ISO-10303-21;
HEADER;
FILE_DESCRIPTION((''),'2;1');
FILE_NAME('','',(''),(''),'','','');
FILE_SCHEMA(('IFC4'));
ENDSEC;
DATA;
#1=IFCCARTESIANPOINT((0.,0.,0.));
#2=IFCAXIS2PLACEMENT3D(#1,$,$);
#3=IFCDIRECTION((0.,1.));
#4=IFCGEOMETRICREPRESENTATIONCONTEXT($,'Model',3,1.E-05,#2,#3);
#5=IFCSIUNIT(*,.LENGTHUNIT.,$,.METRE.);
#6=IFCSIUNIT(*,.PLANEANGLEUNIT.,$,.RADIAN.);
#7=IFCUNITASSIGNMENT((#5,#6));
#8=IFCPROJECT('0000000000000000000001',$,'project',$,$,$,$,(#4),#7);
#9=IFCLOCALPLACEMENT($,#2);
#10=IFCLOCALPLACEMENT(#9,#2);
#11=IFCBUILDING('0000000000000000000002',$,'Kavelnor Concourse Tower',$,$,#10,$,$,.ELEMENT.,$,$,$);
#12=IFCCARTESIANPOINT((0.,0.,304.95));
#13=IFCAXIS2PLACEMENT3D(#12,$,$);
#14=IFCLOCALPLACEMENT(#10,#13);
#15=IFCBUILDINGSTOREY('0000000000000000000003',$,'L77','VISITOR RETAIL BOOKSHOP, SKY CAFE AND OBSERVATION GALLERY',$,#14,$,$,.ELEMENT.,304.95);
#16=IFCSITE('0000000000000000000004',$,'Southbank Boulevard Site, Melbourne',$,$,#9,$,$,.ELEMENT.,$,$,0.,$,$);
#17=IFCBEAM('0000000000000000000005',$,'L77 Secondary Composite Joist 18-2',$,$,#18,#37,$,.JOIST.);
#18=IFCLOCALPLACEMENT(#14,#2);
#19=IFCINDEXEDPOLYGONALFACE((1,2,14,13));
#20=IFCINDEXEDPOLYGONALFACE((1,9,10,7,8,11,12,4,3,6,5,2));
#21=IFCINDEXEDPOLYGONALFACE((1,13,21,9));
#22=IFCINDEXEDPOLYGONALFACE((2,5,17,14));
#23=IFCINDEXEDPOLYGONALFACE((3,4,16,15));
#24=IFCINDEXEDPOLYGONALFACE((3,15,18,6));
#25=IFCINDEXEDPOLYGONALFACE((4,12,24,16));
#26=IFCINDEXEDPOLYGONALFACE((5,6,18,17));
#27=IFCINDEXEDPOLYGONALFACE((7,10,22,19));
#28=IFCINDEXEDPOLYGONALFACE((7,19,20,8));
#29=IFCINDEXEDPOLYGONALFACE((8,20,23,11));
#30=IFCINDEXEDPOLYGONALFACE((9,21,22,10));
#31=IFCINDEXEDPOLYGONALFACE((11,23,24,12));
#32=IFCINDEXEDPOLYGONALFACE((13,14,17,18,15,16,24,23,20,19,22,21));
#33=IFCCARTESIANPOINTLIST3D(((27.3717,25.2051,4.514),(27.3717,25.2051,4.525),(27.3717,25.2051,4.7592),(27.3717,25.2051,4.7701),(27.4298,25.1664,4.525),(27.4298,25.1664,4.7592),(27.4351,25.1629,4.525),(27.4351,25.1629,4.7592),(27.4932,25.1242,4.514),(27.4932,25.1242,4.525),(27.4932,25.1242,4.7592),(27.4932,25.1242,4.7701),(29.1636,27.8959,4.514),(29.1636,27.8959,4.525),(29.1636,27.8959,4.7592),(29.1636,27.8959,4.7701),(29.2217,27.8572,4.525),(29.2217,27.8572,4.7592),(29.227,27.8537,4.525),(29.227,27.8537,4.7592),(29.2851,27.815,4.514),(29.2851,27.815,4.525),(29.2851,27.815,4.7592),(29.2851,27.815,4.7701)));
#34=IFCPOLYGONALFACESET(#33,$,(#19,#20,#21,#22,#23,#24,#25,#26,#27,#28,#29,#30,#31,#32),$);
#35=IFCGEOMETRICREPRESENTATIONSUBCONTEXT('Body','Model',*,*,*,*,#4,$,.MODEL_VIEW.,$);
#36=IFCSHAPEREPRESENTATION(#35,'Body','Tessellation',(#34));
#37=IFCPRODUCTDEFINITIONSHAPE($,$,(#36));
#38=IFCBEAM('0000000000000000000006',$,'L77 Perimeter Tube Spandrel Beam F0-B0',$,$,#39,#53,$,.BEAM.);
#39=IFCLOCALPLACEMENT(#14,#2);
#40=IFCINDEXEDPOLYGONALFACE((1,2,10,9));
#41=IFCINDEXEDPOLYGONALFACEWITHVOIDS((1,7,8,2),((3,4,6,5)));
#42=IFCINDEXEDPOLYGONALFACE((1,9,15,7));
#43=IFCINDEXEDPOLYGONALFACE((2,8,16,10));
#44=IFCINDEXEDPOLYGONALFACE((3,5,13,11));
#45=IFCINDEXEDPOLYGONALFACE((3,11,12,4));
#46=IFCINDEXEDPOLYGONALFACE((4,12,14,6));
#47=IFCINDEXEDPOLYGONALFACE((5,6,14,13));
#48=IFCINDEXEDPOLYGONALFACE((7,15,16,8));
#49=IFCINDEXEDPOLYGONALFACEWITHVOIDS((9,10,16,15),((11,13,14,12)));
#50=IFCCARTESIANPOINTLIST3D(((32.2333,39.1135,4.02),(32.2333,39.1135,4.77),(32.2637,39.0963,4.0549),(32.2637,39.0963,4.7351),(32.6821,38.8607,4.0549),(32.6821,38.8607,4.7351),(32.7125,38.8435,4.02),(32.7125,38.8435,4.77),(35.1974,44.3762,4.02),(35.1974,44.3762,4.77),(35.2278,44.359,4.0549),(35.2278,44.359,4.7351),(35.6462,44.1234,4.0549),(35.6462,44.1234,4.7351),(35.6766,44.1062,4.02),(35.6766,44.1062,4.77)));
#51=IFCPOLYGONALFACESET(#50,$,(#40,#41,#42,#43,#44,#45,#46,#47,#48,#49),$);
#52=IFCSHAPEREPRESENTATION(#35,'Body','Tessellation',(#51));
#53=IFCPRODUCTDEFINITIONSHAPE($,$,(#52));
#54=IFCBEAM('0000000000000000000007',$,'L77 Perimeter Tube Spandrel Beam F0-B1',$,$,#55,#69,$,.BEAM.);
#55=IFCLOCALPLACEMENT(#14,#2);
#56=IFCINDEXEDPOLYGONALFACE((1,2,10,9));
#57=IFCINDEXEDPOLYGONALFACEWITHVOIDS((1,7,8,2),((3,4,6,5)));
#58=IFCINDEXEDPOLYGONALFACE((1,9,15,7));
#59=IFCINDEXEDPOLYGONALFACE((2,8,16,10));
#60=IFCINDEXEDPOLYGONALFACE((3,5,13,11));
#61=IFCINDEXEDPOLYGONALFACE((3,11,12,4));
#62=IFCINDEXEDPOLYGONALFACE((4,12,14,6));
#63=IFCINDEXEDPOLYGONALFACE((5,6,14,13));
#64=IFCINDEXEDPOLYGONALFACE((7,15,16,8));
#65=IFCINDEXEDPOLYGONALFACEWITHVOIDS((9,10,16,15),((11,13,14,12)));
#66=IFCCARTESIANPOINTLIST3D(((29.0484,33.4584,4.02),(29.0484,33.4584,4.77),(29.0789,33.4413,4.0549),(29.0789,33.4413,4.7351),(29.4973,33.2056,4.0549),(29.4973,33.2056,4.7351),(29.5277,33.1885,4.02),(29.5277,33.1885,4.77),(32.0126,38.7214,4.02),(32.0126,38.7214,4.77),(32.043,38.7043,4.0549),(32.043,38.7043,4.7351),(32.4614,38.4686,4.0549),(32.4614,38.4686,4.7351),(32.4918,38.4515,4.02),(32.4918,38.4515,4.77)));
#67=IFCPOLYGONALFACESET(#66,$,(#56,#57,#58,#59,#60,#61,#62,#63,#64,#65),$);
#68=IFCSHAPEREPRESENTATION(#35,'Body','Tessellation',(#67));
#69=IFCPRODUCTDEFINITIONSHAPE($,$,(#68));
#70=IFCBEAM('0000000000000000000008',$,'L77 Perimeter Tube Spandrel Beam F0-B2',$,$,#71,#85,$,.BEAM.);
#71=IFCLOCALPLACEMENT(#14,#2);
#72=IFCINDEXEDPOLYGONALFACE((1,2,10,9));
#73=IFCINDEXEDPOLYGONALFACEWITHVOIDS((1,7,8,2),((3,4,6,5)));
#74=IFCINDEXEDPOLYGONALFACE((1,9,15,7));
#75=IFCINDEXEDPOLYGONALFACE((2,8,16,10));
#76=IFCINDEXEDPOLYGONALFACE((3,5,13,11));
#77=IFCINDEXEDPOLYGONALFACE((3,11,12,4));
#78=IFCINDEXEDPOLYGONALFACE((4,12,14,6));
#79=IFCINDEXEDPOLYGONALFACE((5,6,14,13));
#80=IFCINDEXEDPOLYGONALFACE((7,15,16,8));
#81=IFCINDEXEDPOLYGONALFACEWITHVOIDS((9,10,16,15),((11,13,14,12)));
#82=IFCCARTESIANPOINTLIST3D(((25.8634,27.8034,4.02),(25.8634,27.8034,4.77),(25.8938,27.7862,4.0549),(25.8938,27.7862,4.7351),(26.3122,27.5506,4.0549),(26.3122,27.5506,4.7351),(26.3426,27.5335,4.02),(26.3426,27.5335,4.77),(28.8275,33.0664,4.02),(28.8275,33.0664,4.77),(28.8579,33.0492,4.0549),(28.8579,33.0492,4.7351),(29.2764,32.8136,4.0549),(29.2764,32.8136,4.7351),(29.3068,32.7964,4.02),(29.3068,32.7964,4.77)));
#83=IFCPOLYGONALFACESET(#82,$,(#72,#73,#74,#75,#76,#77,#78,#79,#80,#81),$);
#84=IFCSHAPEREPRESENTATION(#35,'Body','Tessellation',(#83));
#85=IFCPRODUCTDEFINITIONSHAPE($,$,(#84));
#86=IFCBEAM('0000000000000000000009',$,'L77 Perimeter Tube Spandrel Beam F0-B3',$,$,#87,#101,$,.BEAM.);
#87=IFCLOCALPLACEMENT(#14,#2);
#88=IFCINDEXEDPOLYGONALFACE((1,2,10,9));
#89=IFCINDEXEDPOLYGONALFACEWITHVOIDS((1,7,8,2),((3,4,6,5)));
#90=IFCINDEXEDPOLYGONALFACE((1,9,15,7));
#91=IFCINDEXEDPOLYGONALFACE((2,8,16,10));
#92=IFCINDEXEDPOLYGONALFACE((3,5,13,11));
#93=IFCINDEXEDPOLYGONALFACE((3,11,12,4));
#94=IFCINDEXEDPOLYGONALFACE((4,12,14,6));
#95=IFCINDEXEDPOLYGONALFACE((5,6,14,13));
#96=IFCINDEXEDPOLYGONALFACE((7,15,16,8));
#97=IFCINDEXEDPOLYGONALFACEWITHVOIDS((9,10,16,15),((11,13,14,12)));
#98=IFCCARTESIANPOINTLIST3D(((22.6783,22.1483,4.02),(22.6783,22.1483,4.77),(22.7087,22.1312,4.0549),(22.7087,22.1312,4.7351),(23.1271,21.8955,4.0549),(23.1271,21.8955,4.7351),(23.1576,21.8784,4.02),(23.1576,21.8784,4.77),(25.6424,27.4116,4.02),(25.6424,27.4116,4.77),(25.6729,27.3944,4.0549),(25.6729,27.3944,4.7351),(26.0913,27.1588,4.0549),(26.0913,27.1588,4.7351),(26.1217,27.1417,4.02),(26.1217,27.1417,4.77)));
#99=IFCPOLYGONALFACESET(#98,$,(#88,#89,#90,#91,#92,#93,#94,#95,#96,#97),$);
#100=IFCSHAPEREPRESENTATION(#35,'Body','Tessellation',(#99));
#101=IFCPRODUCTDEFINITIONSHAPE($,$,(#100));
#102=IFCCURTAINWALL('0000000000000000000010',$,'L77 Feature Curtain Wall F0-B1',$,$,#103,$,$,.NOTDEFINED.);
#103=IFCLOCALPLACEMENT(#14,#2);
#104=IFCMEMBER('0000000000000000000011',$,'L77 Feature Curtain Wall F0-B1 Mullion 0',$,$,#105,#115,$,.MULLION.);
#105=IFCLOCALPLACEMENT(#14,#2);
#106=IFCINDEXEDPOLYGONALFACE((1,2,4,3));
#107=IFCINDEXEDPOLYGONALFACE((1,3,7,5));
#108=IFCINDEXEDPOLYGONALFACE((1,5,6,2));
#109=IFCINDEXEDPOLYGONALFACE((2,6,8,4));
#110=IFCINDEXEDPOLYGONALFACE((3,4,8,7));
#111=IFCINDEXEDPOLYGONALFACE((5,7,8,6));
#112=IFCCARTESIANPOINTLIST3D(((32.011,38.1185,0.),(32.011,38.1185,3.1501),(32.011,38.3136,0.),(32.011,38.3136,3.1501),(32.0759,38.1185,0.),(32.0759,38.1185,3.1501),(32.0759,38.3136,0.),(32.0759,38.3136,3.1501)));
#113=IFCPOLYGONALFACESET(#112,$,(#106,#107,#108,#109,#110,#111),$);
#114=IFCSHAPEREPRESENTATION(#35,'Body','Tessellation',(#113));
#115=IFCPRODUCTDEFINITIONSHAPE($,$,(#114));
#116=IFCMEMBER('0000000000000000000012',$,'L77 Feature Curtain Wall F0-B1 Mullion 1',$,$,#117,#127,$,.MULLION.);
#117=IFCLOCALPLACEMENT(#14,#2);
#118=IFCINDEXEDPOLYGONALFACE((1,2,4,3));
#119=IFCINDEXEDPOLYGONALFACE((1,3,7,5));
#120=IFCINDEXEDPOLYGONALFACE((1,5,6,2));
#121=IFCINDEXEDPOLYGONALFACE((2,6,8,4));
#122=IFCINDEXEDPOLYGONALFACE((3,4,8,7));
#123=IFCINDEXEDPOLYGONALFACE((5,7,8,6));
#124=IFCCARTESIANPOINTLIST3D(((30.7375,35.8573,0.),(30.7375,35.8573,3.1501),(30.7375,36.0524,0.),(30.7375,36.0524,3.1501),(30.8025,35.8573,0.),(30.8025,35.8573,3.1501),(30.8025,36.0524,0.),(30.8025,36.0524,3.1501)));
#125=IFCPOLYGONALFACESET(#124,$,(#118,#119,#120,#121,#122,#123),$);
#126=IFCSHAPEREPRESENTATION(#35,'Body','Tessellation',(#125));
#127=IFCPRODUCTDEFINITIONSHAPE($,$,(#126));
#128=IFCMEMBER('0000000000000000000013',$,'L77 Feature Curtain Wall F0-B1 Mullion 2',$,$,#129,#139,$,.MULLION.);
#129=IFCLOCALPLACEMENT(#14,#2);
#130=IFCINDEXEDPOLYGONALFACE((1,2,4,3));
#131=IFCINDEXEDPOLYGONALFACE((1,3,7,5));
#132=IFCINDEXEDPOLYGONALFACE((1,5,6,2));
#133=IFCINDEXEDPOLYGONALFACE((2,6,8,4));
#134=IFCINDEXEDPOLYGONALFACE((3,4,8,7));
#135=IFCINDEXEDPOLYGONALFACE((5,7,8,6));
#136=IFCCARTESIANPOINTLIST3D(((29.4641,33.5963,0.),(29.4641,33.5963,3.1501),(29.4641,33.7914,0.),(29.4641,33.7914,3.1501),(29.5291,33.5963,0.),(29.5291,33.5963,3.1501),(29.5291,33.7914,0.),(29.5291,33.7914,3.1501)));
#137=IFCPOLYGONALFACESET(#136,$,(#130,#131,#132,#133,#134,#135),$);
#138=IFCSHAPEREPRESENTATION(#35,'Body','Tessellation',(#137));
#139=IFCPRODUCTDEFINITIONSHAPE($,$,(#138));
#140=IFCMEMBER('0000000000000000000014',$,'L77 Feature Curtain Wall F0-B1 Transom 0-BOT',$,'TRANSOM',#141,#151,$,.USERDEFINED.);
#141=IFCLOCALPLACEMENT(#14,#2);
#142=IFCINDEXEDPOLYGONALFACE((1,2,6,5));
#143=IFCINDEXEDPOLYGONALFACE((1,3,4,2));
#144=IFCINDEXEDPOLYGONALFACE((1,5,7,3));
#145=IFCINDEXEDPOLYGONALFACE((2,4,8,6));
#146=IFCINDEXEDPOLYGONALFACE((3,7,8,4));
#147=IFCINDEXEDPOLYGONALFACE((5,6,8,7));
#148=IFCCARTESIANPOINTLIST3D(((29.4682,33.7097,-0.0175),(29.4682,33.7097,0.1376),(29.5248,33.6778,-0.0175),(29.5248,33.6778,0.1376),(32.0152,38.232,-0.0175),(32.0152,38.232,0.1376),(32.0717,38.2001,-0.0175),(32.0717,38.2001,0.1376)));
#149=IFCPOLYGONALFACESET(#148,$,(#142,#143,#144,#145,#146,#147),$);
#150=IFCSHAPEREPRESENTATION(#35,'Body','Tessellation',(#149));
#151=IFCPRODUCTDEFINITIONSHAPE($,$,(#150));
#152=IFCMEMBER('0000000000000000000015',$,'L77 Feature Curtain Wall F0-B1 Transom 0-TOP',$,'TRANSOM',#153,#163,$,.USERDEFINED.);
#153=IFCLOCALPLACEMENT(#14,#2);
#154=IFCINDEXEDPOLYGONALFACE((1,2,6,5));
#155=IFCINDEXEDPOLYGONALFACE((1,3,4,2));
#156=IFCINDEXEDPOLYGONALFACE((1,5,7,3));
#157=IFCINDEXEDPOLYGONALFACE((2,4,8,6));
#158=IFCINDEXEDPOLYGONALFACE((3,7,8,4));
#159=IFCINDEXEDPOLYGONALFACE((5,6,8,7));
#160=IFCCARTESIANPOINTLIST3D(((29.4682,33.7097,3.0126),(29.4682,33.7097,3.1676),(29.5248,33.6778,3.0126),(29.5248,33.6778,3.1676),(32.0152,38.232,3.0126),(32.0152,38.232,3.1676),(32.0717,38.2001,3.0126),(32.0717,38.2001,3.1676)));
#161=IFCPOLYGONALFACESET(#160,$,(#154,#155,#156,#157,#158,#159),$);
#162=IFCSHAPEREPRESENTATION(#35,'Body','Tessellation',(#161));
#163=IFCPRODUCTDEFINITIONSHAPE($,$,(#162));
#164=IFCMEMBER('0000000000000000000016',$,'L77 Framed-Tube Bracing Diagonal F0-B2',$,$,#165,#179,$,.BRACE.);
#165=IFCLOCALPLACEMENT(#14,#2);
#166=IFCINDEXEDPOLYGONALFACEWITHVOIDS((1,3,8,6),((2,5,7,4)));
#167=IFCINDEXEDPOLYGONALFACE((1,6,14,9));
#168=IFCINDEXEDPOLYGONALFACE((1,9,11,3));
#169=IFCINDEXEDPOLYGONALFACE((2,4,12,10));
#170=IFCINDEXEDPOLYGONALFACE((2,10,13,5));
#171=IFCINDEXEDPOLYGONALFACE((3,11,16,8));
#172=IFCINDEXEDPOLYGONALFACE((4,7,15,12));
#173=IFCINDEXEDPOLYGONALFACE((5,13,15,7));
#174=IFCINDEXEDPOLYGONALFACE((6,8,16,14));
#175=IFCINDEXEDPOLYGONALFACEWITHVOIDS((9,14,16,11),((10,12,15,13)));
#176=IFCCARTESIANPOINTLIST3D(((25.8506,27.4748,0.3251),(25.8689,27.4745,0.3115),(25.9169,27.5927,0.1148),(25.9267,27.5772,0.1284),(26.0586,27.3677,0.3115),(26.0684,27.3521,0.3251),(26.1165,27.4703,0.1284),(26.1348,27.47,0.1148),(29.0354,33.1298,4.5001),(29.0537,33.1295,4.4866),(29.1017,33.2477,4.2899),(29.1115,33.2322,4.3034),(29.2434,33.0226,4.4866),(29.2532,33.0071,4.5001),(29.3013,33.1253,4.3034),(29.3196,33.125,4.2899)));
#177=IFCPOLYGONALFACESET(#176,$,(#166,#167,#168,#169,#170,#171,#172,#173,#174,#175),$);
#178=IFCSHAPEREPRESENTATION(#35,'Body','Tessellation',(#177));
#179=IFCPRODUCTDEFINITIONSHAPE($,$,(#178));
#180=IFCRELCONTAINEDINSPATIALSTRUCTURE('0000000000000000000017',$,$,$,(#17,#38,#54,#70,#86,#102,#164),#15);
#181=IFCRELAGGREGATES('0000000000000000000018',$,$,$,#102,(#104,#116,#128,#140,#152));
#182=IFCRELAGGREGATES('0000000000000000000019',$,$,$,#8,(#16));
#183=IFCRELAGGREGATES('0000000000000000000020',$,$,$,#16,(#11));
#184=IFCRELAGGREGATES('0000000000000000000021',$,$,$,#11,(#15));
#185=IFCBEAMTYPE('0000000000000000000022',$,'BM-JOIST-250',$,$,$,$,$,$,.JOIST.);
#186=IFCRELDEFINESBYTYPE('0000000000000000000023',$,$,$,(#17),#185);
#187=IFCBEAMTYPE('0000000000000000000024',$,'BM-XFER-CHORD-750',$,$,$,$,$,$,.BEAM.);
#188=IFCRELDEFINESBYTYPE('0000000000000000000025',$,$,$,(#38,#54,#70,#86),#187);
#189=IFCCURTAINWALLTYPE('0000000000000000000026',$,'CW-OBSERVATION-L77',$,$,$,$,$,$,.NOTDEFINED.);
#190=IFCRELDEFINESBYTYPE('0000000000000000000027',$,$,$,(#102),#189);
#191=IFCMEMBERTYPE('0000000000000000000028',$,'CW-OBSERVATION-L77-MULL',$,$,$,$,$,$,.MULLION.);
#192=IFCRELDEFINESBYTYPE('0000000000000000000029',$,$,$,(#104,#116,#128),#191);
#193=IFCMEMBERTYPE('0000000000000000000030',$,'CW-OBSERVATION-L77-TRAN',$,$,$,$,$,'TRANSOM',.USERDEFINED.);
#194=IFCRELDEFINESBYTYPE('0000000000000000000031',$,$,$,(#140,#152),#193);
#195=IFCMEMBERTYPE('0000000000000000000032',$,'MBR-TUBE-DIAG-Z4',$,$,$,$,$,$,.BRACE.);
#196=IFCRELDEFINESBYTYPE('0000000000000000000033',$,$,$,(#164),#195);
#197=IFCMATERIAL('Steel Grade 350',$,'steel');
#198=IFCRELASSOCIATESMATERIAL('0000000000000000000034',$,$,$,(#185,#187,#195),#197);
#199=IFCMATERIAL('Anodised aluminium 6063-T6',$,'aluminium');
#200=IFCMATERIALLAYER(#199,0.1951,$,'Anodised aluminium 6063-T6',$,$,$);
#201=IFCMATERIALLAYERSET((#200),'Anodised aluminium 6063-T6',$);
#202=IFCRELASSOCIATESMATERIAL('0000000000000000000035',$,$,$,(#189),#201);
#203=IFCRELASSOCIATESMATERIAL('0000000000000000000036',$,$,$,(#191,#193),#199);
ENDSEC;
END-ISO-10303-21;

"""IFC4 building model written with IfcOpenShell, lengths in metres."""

from ifc_helpers import new_model, si_unit, direction, frame, origin, origin_2d, place, context, subcontext, project, spatial, rectangle, hollow_rectangle, i_section, extrude, material, layer, layer_set, material_profile, profile_set, type_object, element, aggregate, save


model = new_model("IFC4")

# Units and contexts
model_context = context("Model", 3, precision=1e-05, world=origin(), true_north=direction((0.0, 1.0)))
body_context = subcontext(model_context, "Body", "Model", "MODEL_VIEW")
ifc_project = project(units=[si_unit("LENGTHUNIT", "METRE"), si_unit("PLANEANGLEUNIT", "RADIAN")], contexts=[model_context])

# Site, building, storey
site_placement = place(None, origin())
site = spatial("IfcSite", under=ifc_project, at=site_placement, Name="Southbank Boulevard Site, Melbourne", CompositionType="ELEMENT", RefElevation=0.0)
building_placement = place(site_placement, origin())
building = spatial("IfcBuilding", under=site, at=building_placement, Name="Kavelnor Concourse Tower", CompositionType="ELEMENT")
storey_placement = place(building_placement, frame((0.0, 0.0, 304.95)))
storey = spatial("IfcBuildingStorey", under=building, at=storey_placement, Name="L77", Description="VISITOR RETAIL BOOKSHOP, SKY CAFE AND OBSERVATION GALLERY", CompositionType="ELEMENT", Elevation=304.95)

# Shared definitions
ifc_material_1 = material(Name="Steel Grade 350", Category="steel")

# Beams
ifc_material_profile_1 = material_profile(ifc_material_1, i_section(OverallWidth=0.146, OverallDepth=0.2561, WebThickness=0.0063, FlangeThickness=0.011, at=origin_2d()), Name="250UB37")
ifc_profile_set_1 = profile_set([ifc_material_profile_1], Name="Steel Grade 350")
beam_type_1 = type_object("IfcBeamType", Name="BM-JOIST-250", PredefinedType="JOIST", material=ifc_profile_set_1)
beam_1_placement = place(storey_placement, frame((29.2244, 27.8555, 4.6421), z_axis=(-0.554282, -0.832329, 0.0), x_axis=(0.832329, -0.554282, 0.0)))
element("IfcBeam", 1, at=beam_1_placement, inside=storey, type_object=beam_type_1, Name="L77 Secondary Composite Joist 18-2", PredefinedType="JOIST", context=body_context, shape_type="SweptSolid", body=[
    extrude(i_section(OverallWidth=0.146, OverallDepth=0.2561, WebThickness=0.0063, FlangeThickness=0.011, at=origin_2d()), origin(), (0.0, 0.0, 1.0), 3.2329),
])
ifc_material_profile_2 = material_profile(ifc_material_1, hollow_rectangle(XDim=0.55, YDim=0.75, WallThickness=0.0349, at=origin_2d()), Name="RHS 750x550x35")
ifc_profile_set_2 = profile_set([ifc_material_profile_2], Name="Steel Grade 350")
beam_type_2 = type_object("IfcBeamType", Name="BM-XFER-CHORD-750", PredefinedType="BEAM", material=ifc_profile_set_2)
beam_2_placement = place(storey_placement, frame((35.437, 44.2412, 4.395), z_axis=(-0.490745, -0.871303, 0.0), x_axis=(0.871303, -0.490745, 0.0)))
element("IfcBeam", 2, at=beam_2_placement, inside=storey, type_object=beam_type_2, Name="L77 Perimeter Tube Spandrel Beam F0-B0", PredefinedType="BEAM", context=body_context, shape_type="SweptSolid", body=[
    extrude(hollow_rectangle(XDim=0.55, YDim=0.75, WallThickness=0.0349, at=origin_2d()), origin(), (0.0, 0.0, 1.0), 6.04),
])
for number, where, z_axis, x_axis, name in (
    (3, (32.2522, 38.5864, 4.395), (-0.490727, -0.871313, 0.0), (0.871313, -0.490727, 0.0), "L77 Perimeter Tube Spandrel Beam F0-B1"),
    (4, (29.0671, 32.9314, 4.395), (-0.490727, -0.871313, 0.0), (0.871313, -0.490727, 0.0), "L77 Perimeter Tube Spandrel Beam F0-B2"),
):
    element("IfcBeam", number, at=place(storey_placement, frame(where, z_axis=z_axis, x_axis=x_axis)), inside=storey, type_object=beam_type_2, Name=name, PredefinedType="BEAM", context=body_context, shape_type="SweptSolid", body=[
        extrude(hollow_rectangle(XDim=0.55, YDim=0.75, WallThickness=0.0349, at=origin_2d()), origin(), (0.0, 0.0, 1.0), 6.0403),
    ])
beam_3_placement = place(storey_placement, frame((25.8821, 27.2766, 4.395), z_axis=(-0.49071, -0.871323, 0.0), x_axis=(0.871323, -0.49071, 0.0)))
element("IfcBeam", 5, at=beam_3_placement, inside=storey, type_object=beam_type_2, Name="L77 Perimeter Tube Spandrel Beam F0-B3", PredefinedType="BEAM", context=body_context, shape_type="SweptSolid", body=[
    extrude(hollow_rectangle(XDim=0.55, YDim=0.75, WallThickness=0.0349, at=origin_2d()), origin(), (0.0, 0.0, 1.0), 6.0405),
])

# Curtain wall, members
ifc_material_2 = material(Name="Anodised aluminium 6063-T6", Category="aluminium")
ifc_layer_1 = layer(ifc_material_2, 0.1951, Name="Anodised aluminium 6063-T6")
ifc_layer_set_1 = layer_set([ifc_layer_1], Name="Anodised aluminium 6063-T6")
curtain_wall_type = type_object("IfcCurtainWallType", Name="CW-OBSERVATION-L77", PredefinedType="NOTDEFINED", material=ifc_layer_set_1)
curtain_wall_placement = place(storey_placement, origin())
curtain_wall = element("IfcCurtainWall", 6, at=curtain_wall_placement, inside=storey, type_object=curtain_wall_type, Name="L77 Feature Curtain Wall F0-B1", PredefinedType="NOTDEFINED")
ifc_material_profile_3 = material_profile(ifc_material_2, rectangle(XDim=0.0649, YDim=0.1951, at=origin_2d()), Name="AL-MULL 65x195")
ifc_profile_set_3 = profile_set([ifc_material_profile_3], Name="Anodised aluminium 6063-T6")
member_type_1 = type_object("IfcMemberType", Name="CW-OBSERVATION-L77-MULL", PredefinedType="MULLION", material=ifc_profile_set_3)
member_1_placement = place(storey_placement, frame((32.0435, 38.2161, 0.0), z_axis=(0.0, 0.0, 1.0), x_axis=(1.0, 0.0, 0.0)))
member_1 = element("IfcMember", 7, at=member_1_placement, type_object=member_type_1, Name="L77 Feature Curtain Wall F0-B1 Mullion 0", PredefinedType="MULLION", context=body_context, shape_type="SweptSolid", body=[
    extrude(rectangle(XDim=0.0649, YDim=0.1951, at=origin_2d()), origin(), (0.0, 0.0, 1.0), 3.1501),
])
member_2_placement = place(storey_placement, frame((30.77, 35.9548, 0.0), z_axis=(0.0, 0.0, 1.0), x_axis=(1.0, 0.0, 0.0)))
member_2 = element("IfcMember", 8, at=member_2_placement, type_object=member_type_1, Name="L77 Feature Curtain Wall F0-B1 Mullion 1", PredefinedType="MULLION", context=body_context, shape_type="SweptSolid", body=[
    extrude(rectangle(XDim=0.0649, YDim=0.1951, at=origin_2d()), origin(), (0.0, 0.0, 1.0), 3.1501),
])
member_3_placement = place(storey_placement, frame((29.4966, 33.6938, 0.0), z_axis=(0.0, 0.0, 1.0), x_axis=(1.0, 0.0, 0.0)))
member_3 = element("IfcMember", 9, at=member_3_placement, type_object=member_type_1, Name="L77 Feature Curtain Wall F0-B1 Mullion 2", PredefinedType="MULLION", context=body_context, shape_type="SweptSolid", body=[
    extrude(rectangle(XDim=0.0649, YDim=0.1951, at=origin_2d()), origin(), (0.0, 0.0, 1.0), 3.1501),
])
ifc_material_profile_4 = material_profile(ifc_material_2, rectangle(XDim=0.0649, YDim=0.155, at=origin_2d()), Name="AL-TRAN 65x155")
ifc_profile_set_4 = profile_set([ifc_material_profile_4], Name="Anodised aluminium 6063-T6")
member_type_2 = type_object("IfcMemberType", Name="CW-OBSERVATION-L77-TRAN", ElementType="TRANSOM", PredefinedType="USERDEFINED", material=ifc_profile_set_4)
member_4_placement = place(storey_placement, frame((32.0435, 38.2161, 0.0601), z_axis=(-0.490719, -0.871318, 0.0), x_axis=(0.871318, -0.490719, 0.0)))
member_4 = element("IfcMember", 10, at=member_4_placement, type_object=member_type_2, Name="L77 Feature Curtain Wall F0-B1 Transom 0-BOT", ObjectType="TRANSOM", PredefinedType="USERDEFINED", context=body_context, shape_type="SweptSolid", body=[
    extrude(rectangle(XDim=0.0649, YDim=0.155, at=origin_2d()), origin(), (0.0, 0.0, 1.0), 5.1902),
])
member_5_placement = place(storey_placement, frame((32.0435, 38.2161, 3.0901), z_axis=(-0.490719, -0.871318, 0.0), x_axis=(0.871318, -0.490719, 0.0)))
member_5 = element("IfcMember", 11, at=member_5_placement, type_object=member_type_2, Name="L77 Feature Curtain Wall F0-B1 Transom 0-TOP", ObjectType="TRANSOM", PredefinedType="USERDEFINED", context=body_context, shape_type="SweptSolid", body=[
    extrude(rectangle(XDim=0.0649, YDim=0.155, at=origin_2d()), origin(), (0.0, 0.0, 1.0), 5.1902),
])

# Member
ifc_material_profile_5 = material_profile(ifc_material_1, hollow_rectangle(XDim=0.25, YDim=0.25, WallThickness=0.0161, at=origin_2d()), Name="SHS 250x250x16")
ifc_profile_set_5 = profile_set([ifc_material_profile_5], Name="Steel Grade 350")
member_type_3 = type_object("IfcMemberType", Name="MBR-TUBE-DIAG-Z4", PredefinedType="BRACE", material=ifc_profile_set_5)
member_6_placement = place(storey_placement, frame((25.9927, 27.4724, 0.22), z_axis=(0.412696, 0.732793, 0.541014), x_axis=(-0.871321, 0.490713, 0.0)))
element("IfcMember", 12, at=member_6_placement, inside=storey, type_object=member_type_3, Name="L77 Framed-Tube Bracing Diagonal F0-B2", PredefinedType="BRACE", context=body_context, shape_type="SweptSolid", body=[
    extrude(hollow_rectangle(XDim=0.25, YDim=0.25, WallThickness=0.0161, at=origin_2d()), origin(), (0.0, 0.0, 1.0), 7.717),
])

aggregate(curtain_wall, [member_1, member_2, member_3, member_4, member_5])

save(model, "model.ifc")
